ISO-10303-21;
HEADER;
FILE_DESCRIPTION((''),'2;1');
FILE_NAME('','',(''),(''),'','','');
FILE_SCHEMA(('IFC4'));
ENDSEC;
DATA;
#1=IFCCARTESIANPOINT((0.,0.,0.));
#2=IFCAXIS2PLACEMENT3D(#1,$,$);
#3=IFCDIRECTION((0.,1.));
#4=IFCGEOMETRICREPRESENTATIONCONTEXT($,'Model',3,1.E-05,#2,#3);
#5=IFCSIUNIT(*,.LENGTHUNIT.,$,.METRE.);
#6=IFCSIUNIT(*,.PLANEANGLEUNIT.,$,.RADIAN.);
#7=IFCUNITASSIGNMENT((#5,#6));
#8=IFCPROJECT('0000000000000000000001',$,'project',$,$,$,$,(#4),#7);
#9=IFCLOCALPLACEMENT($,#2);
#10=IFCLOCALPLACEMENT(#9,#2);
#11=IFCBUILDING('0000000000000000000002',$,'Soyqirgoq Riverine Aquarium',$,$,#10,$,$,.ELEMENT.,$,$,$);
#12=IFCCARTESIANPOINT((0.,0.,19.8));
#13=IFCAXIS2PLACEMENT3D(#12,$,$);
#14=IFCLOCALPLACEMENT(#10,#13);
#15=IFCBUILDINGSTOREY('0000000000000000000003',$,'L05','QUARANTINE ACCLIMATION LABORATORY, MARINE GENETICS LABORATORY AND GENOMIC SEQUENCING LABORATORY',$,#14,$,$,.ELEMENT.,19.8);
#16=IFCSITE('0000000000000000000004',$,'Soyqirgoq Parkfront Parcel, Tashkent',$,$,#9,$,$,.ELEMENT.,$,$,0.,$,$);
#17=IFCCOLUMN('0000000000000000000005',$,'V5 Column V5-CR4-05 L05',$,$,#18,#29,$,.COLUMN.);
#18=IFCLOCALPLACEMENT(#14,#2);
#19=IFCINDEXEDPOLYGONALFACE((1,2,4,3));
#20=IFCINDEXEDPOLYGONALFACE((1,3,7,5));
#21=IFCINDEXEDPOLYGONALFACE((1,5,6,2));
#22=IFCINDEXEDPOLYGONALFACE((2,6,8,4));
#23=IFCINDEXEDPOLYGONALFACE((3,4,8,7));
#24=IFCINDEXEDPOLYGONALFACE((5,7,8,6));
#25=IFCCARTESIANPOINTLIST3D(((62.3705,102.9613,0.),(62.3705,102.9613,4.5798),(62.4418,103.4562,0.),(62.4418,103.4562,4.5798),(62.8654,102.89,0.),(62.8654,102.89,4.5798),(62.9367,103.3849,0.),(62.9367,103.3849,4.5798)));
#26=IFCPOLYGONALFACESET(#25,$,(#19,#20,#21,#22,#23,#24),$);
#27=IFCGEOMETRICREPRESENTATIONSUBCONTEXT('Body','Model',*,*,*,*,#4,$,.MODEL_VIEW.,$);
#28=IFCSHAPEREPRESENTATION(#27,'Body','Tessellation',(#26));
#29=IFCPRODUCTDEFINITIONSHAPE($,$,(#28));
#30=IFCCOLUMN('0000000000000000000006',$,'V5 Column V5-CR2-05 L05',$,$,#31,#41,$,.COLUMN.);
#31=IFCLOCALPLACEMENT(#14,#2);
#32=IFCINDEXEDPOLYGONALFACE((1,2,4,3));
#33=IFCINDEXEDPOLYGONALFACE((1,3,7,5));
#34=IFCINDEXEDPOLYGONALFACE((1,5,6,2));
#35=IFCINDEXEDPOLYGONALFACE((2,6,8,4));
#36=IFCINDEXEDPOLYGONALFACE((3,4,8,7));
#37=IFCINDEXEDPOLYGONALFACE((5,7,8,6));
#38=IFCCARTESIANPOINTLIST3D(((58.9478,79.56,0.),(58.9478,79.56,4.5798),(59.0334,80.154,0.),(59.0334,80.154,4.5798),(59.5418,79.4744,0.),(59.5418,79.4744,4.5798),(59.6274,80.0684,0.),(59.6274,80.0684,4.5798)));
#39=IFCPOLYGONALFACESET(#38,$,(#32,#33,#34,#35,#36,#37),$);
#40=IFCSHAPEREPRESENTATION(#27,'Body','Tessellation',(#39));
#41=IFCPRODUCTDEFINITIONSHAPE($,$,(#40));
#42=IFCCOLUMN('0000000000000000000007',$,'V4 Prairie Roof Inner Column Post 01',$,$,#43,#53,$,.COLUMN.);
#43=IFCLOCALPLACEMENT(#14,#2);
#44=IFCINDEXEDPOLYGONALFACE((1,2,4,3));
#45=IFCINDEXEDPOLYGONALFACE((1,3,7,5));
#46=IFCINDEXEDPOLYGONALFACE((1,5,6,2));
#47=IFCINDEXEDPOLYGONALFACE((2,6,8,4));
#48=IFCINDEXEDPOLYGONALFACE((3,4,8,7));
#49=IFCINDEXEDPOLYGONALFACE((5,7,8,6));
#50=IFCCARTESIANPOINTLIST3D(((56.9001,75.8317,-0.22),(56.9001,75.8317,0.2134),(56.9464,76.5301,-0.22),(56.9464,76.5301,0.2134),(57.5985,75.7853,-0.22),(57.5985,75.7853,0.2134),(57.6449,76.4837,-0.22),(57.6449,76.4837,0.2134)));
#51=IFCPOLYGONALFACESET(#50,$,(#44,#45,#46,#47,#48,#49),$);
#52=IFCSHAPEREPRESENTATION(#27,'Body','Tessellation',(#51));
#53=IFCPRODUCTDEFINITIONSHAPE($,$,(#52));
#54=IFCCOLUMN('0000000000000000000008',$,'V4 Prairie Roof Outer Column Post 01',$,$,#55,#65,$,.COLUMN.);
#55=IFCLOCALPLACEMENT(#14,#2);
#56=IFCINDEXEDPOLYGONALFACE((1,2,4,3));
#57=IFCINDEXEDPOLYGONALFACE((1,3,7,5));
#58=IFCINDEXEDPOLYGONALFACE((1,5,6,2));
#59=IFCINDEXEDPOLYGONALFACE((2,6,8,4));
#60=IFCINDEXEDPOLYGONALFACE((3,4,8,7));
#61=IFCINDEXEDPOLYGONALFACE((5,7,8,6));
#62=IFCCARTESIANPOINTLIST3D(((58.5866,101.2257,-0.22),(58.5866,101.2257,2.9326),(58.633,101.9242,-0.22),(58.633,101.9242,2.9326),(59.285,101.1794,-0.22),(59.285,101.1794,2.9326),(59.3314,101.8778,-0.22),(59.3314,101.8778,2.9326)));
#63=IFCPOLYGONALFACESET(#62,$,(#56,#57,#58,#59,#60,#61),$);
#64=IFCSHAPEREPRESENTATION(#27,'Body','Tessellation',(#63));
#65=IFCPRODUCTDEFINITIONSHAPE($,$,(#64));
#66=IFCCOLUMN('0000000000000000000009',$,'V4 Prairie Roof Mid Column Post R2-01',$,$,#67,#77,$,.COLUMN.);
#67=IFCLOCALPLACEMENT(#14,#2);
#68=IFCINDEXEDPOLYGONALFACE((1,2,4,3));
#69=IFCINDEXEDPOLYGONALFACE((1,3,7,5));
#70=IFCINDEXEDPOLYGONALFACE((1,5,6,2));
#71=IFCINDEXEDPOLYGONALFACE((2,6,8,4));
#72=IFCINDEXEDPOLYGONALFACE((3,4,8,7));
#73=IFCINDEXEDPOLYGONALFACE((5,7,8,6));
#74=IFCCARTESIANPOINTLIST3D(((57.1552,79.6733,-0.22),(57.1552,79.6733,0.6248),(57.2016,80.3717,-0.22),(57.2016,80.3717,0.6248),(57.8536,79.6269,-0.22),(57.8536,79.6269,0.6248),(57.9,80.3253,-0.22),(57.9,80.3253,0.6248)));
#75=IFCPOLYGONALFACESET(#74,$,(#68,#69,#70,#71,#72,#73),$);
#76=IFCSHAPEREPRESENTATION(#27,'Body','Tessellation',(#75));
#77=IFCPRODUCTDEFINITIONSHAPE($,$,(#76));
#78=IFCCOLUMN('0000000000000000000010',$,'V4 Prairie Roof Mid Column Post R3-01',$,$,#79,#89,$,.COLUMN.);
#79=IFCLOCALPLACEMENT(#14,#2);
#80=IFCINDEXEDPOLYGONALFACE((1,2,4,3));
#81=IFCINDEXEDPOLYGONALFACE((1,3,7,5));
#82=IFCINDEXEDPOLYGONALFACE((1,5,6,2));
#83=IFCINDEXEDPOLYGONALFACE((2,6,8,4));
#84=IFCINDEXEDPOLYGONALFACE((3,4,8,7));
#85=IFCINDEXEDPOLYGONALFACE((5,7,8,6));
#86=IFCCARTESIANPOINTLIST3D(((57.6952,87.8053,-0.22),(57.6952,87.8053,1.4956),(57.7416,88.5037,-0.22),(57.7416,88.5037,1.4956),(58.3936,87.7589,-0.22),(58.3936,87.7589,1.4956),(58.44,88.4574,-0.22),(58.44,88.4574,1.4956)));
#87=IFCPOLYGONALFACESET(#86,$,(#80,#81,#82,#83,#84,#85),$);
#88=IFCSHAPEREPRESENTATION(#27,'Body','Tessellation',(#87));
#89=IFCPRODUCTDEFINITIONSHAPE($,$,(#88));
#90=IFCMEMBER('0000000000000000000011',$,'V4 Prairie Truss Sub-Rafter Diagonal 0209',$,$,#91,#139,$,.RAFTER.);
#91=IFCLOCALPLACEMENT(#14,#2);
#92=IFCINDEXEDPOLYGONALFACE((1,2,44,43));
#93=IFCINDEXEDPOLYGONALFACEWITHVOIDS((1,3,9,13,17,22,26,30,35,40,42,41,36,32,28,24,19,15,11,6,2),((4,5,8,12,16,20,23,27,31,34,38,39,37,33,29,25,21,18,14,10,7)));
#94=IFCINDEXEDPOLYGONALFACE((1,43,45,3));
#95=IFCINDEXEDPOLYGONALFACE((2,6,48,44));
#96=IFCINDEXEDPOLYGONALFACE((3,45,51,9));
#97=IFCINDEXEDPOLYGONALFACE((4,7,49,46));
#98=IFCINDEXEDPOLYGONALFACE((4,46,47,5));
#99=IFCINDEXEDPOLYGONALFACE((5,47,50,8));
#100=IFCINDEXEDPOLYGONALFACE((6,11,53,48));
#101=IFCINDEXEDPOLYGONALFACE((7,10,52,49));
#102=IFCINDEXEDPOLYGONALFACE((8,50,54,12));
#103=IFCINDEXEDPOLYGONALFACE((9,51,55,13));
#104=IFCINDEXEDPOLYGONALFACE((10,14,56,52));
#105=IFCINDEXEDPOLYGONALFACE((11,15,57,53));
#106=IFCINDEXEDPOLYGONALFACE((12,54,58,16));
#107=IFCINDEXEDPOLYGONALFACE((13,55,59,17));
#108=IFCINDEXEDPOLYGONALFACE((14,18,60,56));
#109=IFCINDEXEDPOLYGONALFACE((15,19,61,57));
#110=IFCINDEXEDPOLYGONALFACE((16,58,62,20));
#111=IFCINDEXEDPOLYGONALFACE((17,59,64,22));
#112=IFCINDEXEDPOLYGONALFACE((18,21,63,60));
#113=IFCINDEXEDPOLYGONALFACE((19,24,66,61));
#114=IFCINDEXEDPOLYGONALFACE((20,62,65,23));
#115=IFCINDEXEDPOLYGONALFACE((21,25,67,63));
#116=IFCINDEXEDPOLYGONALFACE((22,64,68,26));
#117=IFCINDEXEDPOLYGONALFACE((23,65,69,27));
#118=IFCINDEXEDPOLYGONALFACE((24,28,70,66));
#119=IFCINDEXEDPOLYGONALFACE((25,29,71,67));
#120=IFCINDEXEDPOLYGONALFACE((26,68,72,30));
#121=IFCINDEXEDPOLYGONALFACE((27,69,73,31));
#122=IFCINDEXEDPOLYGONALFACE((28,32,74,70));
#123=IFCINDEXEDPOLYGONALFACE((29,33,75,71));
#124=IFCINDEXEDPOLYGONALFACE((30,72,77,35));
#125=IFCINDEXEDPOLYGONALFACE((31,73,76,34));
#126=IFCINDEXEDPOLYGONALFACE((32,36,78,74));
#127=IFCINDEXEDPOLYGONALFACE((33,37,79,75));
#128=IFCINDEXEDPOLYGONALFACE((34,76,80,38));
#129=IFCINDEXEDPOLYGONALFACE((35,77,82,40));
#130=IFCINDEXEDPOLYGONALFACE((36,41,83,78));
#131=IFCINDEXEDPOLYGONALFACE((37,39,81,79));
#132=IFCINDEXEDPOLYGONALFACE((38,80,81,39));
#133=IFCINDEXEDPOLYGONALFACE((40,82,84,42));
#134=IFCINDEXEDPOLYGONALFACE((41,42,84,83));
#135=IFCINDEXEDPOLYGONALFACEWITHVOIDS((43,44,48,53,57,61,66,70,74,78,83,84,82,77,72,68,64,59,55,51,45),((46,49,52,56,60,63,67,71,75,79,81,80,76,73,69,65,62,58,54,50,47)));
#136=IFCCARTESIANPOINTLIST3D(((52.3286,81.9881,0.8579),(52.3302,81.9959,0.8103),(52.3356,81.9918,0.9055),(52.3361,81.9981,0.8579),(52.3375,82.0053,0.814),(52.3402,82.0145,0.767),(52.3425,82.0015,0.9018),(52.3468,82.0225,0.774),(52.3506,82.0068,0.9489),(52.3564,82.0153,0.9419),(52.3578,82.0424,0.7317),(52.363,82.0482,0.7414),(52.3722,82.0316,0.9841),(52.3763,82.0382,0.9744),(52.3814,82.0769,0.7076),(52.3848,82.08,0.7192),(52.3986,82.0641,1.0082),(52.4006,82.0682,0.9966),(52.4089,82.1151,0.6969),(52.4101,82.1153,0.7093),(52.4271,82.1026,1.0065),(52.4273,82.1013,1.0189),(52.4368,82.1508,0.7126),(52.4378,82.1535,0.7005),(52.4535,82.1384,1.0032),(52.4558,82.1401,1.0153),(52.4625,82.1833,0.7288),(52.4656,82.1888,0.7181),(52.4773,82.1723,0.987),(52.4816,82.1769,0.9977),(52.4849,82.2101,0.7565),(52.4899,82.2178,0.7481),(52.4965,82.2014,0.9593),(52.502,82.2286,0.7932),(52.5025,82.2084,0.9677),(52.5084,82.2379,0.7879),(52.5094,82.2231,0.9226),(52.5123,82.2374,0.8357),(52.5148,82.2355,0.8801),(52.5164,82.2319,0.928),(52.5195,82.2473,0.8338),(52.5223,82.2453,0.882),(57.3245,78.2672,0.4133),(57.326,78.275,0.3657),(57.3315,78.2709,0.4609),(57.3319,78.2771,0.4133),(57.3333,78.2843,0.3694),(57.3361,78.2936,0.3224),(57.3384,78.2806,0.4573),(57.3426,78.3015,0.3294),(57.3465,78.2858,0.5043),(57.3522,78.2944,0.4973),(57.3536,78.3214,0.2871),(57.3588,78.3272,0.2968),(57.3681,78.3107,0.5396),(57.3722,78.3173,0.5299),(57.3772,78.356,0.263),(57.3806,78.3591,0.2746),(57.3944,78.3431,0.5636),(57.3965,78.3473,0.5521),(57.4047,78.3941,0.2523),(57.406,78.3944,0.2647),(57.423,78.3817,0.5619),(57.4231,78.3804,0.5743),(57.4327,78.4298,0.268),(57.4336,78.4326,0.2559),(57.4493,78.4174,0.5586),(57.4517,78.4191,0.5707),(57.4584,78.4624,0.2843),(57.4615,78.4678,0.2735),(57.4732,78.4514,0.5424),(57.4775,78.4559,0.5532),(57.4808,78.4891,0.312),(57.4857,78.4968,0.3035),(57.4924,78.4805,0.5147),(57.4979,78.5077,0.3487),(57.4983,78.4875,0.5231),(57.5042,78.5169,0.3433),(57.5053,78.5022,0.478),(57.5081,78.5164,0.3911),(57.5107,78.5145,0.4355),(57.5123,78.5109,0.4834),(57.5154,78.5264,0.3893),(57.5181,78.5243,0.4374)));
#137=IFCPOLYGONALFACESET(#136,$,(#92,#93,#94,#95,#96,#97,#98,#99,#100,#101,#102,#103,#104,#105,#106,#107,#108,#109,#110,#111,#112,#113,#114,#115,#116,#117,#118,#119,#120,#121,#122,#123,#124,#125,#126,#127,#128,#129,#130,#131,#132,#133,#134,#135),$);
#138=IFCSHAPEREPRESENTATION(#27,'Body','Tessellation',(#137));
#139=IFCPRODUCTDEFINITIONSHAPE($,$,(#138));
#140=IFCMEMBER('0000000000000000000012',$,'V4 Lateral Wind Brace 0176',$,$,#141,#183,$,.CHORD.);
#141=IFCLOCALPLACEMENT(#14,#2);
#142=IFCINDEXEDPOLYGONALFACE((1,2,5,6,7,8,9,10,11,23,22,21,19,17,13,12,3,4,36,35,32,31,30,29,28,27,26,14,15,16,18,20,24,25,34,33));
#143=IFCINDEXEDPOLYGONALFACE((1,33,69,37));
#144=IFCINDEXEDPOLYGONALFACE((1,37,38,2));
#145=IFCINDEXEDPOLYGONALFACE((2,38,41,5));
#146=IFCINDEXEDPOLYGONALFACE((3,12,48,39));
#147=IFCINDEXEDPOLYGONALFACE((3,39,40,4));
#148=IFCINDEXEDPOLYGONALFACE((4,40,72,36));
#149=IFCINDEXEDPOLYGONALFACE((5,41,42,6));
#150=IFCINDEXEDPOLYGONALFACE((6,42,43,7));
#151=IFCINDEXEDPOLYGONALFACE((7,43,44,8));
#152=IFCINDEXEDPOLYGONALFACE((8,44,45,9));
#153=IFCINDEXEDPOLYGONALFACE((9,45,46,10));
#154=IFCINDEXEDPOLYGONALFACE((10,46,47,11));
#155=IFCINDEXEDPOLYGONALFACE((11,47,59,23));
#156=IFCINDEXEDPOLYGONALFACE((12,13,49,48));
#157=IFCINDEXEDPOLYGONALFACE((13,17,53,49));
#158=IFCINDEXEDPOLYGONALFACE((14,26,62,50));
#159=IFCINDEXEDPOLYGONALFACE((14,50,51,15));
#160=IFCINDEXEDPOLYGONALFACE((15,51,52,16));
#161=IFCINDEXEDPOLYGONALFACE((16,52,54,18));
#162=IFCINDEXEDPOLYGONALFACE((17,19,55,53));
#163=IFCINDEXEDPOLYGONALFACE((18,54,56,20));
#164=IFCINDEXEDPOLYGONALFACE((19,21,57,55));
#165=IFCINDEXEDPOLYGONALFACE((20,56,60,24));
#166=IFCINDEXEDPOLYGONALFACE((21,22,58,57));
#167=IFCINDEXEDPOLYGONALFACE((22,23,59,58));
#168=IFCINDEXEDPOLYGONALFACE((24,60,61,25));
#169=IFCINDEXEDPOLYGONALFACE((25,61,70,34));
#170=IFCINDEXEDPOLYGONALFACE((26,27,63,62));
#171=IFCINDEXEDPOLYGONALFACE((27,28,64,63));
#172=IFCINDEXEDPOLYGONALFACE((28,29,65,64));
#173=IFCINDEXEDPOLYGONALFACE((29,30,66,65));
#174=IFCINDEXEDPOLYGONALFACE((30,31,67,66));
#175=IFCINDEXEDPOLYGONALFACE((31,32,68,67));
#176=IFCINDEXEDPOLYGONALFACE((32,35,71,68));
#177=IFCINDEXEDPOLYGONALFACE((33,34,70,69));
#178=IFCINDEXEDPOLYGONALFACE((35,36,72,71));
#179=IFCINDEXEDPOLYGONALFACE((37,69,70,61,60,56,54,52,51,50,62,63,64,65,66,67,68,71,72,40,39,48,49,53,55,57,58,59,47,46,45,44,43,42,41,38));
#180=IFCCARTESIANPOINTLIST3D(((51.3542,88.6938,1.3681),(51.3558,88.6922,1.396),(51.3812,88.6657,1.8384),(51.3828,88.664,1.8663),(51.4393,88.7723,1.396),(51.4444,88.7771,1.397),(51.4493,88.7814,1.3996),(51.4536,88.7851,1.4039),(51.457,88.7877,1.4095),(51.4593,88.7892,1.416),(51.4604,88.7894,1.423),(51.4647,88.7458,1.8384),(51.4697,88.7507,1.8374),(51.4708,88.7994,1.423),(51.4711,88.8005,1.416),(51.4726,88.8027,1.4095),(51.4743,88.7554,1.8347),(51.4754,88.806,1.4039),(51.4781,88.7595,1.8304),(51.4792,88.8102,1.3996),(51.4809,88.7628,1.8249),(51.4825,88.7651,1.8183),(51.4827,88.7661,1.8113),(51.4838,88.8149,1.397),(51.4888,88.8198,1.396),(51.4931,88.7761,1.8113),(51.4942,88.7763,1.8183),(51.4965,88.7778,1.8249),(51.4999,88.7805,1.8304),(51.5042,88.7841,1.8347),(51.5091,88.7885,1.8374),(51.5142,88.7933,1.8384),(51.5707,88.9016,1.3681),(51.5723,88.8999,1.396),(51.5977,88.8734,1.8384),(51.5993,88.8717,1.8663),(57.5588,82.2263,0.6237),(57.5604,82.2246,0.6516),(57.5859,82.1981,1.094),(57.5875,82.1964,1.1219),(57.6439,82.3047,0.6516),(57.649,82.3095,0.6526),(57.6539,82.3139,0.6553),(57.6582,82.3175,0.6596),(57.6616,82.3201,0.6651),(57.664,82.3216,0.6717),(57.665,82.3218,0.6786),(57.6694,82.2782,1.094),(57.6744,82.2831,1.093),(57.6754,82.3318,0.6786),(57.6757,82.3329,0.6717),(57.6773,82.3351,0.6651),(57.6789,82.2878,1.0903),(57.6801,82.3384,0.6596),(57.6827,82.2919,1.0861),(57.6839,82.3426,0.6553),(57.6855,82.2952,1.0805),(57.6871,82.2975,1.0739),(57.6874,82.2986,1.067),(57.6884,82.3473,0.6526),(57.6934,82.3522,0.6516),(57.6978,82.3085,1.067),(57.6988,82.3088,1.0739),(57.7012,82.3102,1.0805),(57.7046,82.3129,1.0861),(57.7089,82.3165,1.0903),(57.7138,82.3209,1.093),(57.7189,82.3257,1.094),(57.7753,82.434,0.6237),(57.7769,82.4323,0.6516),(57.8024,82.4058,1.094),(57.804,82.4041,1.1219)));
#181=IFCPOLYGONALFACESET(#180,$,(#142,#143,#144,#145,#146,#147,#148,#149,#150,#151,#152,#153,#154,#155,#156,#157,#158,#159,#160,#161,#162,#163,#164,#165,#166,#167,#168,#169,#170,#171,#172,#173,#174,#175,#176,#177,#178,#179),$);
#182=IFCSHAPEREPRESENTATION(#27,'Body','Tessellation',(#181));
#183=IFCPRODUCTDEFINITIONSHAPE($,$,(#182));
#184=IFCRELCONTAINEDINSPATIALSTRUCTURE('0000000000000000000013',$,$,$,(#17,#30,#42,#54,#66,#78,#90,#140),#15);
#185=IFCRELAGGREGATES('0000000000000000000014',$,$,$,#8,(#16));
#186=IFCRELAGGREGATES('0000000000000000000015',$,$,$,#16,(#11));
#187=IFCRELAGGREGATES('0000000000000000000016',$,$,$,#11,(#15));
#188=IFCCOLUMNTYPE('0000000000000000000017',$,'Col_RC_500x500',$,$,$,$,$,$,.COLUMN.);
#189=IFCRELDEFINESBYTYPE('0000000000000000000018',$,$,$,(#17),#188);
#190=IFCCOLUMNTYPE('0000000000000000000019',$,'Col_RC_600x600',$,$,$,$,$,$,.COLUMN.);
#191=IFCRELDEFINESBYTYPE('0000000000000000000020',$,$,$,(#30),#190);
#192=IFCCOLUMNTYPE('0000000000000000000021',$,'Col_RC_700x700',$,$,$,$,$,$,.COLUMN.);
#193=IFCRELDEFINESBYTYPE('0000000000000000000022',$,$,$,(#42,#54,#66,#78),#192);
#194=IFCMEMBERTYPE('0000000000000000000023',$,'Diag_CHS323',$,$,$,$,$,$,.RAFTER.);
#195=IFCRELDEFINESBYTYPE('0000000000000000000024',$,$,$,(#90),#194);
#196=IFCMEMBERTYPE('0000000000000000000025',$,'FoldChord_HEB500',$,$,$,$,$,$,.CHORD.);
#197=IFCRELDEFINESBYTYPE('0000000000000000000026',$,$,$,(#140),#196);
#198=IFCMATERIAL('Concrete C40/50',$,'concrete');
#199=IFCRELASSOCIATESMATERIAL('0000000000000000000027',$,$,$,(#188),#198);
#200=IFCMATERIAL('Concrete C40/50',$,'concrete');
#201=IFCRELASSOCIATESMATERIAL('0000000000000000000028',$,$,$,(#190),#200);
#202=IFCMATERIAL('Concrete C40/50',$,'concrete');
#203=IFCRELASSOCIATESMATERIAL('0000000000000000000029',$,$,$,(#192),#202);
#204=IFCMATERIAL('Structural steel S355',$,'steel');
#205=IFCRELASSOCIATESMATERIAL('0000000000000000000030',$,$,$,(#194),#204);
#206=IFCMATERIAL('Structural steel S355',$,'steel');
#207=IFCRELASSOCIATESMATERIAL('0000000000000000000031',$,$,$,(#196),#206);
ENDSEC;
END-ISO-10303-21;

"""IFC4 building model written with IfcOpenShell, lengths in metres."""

from ifc_helpers import new_model, si_unit, direction, frame, origin, origin_2d, place, context, subcontext, project, spatial, rectangle, hollow_circle, i_section, extrude, material, material_profile, profile_set, type_object, element, save


model = new_model("IFC4")

# Units and contexts
model_context = context("Model", 3, precision=1e-05, world=origin(), true_north=direction((0.0, 1.0)))
body_context = subcontext(model_context, "Body", "Model", "MODEL_VIEW")
ifc_project = project(units=[si_unit("LENGTHUNIT", "METRE"), si_unit("PLANEANGLEUNIT", "RADIAN")], contexts=[model_context])

# Site, building, storey
site_placement = place(None, origin())
site = spatial("IfcSite", under=ifc_project, at=site_placement, Name="Soyqirgoq Parkfront Parcel, Tashkent", CompositionType="ELEMENT", RefElevation=0.0)
building_placement = place(site_placement, origin())
building = spatial("IfcBuilding", under=site, at=building_placement, Name="Soyqirgoq Riverine Aquarium", CompositionType="ELEMENT")
storey_placement = place(building_placement, frame((0.0, 0.0, 19.8)))
storey = spatial("IfcBuildingStorey", under=building, at=storey_placement, Name="L05", Description="QUARANTINE ACCLIMATION LABORATORY, MARINE GENETICS LABORATORY AND GENOMIC SEQUENCING LABORATORY", CompositionType="ELEMENT", Elevation=19.8)

# Columns
ifc_material_1 = material(Name="Concrete C40/50", Category="concrete")
ifc_material_profile_1 = material_profile(ifc_material_1, rectangle(XDim=0.5, YDim=0.5, at=origin_2d()), Name="RC 500x500")
ifc_profile_set_1 = profile_set([ifc_material_profile_1], Name="Concrete C40/50")
column_type_1 = type_object("IfcColumnType", Name="Col_RC_500x500", PredefinedType="COLUMN", material=ifc_profile_set_1)
column_1_placement = place(storey_placement, frame((62.6536, 103.1731, 0.0), z_axis=(0.0, 0.0, 1.0), x_axis=(0.142629, 0.989776, 0.0)))
element("IfcColumn", 1, at=column_1_placement, inside=storey, type_object=column_type_1, Name="V5 Column V5-CR4-05 L05", PredefinedType="COLUMN", context=body_context, shape_type="SweptSolid", body=[
    extrude(rectangle(XDim=0.5, YDim=0.5, at=origin_2d()), origin(), (0.0, 0.0, 1.0), 4.5798),
])
ifc_material_2 = material(Name="Concrete C40/50", Category="concrete")
ifc_material_profile_2 = material_profile(ifc_material_2, rectangle(XDim=0.6001, YDim=0.6001, at=origin_2d()), Name="RC 600x600")
ifc_profile_set_2 = profile_set([ifc_material_profile_2], Name="Concrete C40/50")
column_type_2 = type_object("IfcColumnType", Name="Col_RC_600x600", PredefinedType="COLUMN", material=ifc_profile_set_2)
column_2_placement = place(storey_placement, frame((59.2876, 79.8142, 0.0), z_axis=(0.0, 0.0, 1.0), x_axis=(0.142629, 0.989776, 0.0)))
element("IfcColumn", 2, at=column_2_placement, inside=storey, type_object=column_type_2, Name="V5 Column V5-CR2-05 L05", PredefinedType="COLUMN", context=body_context, shape_type="SweptSolid", body=[
    extrude(rectangle(XDim=0.6001, YDim=0.6001, at=origin_2d()), origin(), (0.0, 0.0, 1.0), 4.5798),
])
ifc_material_3 = material(Name="Concrete C40/50", Category="concrete")
ifc_material_profile_3 = material_profile(ifc_material_3, rectangle(XDim=0.7, YDim=0.7, at=origin_2d()), Name="RC 700x700")
ifc_profile_set_3 = profile_set([ifc_material_profile_3], Name="Concrete C40/50")
column_type_3 = type_object("IfcColumnType", Name="Col_RC_700x700", PredefinedType="COLUMN", material=ifc_profile_set_3)
column_3_placement = place(storey_placement, frame((57.2725, 76.1577, -0.22), z_axis=(0.0, 0.0, 1.0), x_axis=(0.066274, 0.997801, 0.0)))
element("IfcColumn", 3, at=column_3_placement, inside=storey, type_object=column_type_3, Name="V4 Prairie Roof Inner Column Post 01", PredefinedType="COLUMN", context=body_context, shape_type="SweptSolid", body=[
    extrude(rectangle(XDim=0.7, YDim=0.7, at=origin_2d()), origin(), (0.0, 0.0, 1.0), 0.4333),
])
column_4_placement = place(storey_placement, frame((58.959, 101.5518, -0.22), z_axis=(0.0, 0.0, 1.0), x_axis=(0.066274, 0.997801, 0.0)))
element("IfcColumn", 4, at=column_4_placement, inside=storey, type_object=column_type_3, Name="V4 Prairie Roof Outer Column Post 01", PredefinedType="COLUMN", context=body_context, shape_type="SweptSolid", body=[
    extrude(rectangle(XDim=0.7, YDim=0.7, at=origin_2d()), origin(), (0.0, 0.0, 1.0), 3.1526),
])
column_5_placement = place(storey_placement, frame((57.5276, 79.9993, -0.22), z_axis=(0.0, 0.0, 1.0), x_axis=(0.066274, 0.997801, 0.0)))
element("IfcColumn", 5, at=column_5_placement, inside=storey, type_object=column_type_3, Name="V4 Prairie Roof Mid Column Post R2-01", PredefinedType="COLUMN", context=body_context, shape_type="SweptSolid", body=[
    extrude(rectangle(XDim=0.7, YDim=0.7, at=origin_2d()), origin(), (0.0, 0.0, 1.0), 0.8447),
])
column_6_placement = place(storey_placement, frame((58.0676, 88.1313, -0.22), z_axis=(0.0, 0.0, 1.0), x_axis=(0.066274, 0.997801, 0.0)))
element("IfcColumn", 6, at=column_6_placement, inside=storey, type_object=column_type_3, Name="V4 Prairie Roof Mid Column Post R3-01", PredefinedType="COLUMN", context=body_context, shape_type="SweptSolid", body=[
    extrude(rectangle(XDim=0.7, YDim=0.7, at=origin_2d()), origin(), (0.0, 0.0, 1.0), 1.7156),
])

# Members
ifc_material_4 = material(Name="Structural steel S355", Category="steel")
ifc_material_profile_4 = material_profile(ifc_material_4, hollow_circle(Radius=0.1619, WallThickness=0.0125, at=origin_2d()), Name="CHS 323.9x12.5")
ifc_profile_set_4 = profile_set([ifc_material_profile_4], Name="Structural steel S355")
member_type_1 = type_object("IfcMemberType", Name="Diag_CHS323", PredefinedType="RAFTER", material=ifc_profile_set_4)
member_1_placement = place(storey_placement, frame((57.4211, 78.397, 0.4133), z_axis=(-0.79996, 0.595816, 0.071188), x_axis=(-0.597332, -0.801994, 0.0)))
element("IfcMember", 7, at=member_1_placement, inside=storey, type_object=member_type_1, Name="V4 Prairie Truss Sub-Rafter Diagonal 0209", PredefinedType="RAFTER", context=body_context, shape_type="SweptSolid", body=[
    extrude(hollow_circle(Radius=0.1619, WallThickness=0.0125, at=origin_2d()), origin(), (0.0, 0.0, 1.0), 6.2451),
])
ifc_material_5 = material(Name="Structural steel S355", Category="steel")
ifc_material_profile_5 = material_profile(ifc_material_5, i_section(OverallWidth=0.3, OverallDepth=0.5, WebThickness=0.0144, FlangeThickness=0.0281, FilletRadius=0.0271, at=origin_2d()), Name="HEB 500")
ifc_profile_set_5 = profile_set([ifc_material_profile_5], Name="Structural steel S355")
member_type_2 = type_object("IfcMemberType", Name="FoldChord_HEB500", PredefinedType="CHORD", material=ifc_profile_set_5)
member_2_placement = place(storey_placement, frame((57.6814, 82.3152, 0.8728), z_axis=(-0.68991, 0.719147, 0.082771), x_axis=(-0.721624, -0.692286, 0.0)))
element("IfcMember", 8, at=member_2_placement, inside=storey, type_object=member_type_2, Name="V4 Lateral Wind Brace 0176", PredefinedType="CHORD", context=body_context, shape_type="SweptSolid", body=[
    extrude(i_section(OverallWidth=0.3, OverallDepth=0.5, WebThickness=0.0144, FlangeThickness=0.0281, FilletRadius=0.0271, at=origin_2d()), origin(), (0.0, 0.0, 1.0), 8.9934),
])

save(model, "model.ifc")
